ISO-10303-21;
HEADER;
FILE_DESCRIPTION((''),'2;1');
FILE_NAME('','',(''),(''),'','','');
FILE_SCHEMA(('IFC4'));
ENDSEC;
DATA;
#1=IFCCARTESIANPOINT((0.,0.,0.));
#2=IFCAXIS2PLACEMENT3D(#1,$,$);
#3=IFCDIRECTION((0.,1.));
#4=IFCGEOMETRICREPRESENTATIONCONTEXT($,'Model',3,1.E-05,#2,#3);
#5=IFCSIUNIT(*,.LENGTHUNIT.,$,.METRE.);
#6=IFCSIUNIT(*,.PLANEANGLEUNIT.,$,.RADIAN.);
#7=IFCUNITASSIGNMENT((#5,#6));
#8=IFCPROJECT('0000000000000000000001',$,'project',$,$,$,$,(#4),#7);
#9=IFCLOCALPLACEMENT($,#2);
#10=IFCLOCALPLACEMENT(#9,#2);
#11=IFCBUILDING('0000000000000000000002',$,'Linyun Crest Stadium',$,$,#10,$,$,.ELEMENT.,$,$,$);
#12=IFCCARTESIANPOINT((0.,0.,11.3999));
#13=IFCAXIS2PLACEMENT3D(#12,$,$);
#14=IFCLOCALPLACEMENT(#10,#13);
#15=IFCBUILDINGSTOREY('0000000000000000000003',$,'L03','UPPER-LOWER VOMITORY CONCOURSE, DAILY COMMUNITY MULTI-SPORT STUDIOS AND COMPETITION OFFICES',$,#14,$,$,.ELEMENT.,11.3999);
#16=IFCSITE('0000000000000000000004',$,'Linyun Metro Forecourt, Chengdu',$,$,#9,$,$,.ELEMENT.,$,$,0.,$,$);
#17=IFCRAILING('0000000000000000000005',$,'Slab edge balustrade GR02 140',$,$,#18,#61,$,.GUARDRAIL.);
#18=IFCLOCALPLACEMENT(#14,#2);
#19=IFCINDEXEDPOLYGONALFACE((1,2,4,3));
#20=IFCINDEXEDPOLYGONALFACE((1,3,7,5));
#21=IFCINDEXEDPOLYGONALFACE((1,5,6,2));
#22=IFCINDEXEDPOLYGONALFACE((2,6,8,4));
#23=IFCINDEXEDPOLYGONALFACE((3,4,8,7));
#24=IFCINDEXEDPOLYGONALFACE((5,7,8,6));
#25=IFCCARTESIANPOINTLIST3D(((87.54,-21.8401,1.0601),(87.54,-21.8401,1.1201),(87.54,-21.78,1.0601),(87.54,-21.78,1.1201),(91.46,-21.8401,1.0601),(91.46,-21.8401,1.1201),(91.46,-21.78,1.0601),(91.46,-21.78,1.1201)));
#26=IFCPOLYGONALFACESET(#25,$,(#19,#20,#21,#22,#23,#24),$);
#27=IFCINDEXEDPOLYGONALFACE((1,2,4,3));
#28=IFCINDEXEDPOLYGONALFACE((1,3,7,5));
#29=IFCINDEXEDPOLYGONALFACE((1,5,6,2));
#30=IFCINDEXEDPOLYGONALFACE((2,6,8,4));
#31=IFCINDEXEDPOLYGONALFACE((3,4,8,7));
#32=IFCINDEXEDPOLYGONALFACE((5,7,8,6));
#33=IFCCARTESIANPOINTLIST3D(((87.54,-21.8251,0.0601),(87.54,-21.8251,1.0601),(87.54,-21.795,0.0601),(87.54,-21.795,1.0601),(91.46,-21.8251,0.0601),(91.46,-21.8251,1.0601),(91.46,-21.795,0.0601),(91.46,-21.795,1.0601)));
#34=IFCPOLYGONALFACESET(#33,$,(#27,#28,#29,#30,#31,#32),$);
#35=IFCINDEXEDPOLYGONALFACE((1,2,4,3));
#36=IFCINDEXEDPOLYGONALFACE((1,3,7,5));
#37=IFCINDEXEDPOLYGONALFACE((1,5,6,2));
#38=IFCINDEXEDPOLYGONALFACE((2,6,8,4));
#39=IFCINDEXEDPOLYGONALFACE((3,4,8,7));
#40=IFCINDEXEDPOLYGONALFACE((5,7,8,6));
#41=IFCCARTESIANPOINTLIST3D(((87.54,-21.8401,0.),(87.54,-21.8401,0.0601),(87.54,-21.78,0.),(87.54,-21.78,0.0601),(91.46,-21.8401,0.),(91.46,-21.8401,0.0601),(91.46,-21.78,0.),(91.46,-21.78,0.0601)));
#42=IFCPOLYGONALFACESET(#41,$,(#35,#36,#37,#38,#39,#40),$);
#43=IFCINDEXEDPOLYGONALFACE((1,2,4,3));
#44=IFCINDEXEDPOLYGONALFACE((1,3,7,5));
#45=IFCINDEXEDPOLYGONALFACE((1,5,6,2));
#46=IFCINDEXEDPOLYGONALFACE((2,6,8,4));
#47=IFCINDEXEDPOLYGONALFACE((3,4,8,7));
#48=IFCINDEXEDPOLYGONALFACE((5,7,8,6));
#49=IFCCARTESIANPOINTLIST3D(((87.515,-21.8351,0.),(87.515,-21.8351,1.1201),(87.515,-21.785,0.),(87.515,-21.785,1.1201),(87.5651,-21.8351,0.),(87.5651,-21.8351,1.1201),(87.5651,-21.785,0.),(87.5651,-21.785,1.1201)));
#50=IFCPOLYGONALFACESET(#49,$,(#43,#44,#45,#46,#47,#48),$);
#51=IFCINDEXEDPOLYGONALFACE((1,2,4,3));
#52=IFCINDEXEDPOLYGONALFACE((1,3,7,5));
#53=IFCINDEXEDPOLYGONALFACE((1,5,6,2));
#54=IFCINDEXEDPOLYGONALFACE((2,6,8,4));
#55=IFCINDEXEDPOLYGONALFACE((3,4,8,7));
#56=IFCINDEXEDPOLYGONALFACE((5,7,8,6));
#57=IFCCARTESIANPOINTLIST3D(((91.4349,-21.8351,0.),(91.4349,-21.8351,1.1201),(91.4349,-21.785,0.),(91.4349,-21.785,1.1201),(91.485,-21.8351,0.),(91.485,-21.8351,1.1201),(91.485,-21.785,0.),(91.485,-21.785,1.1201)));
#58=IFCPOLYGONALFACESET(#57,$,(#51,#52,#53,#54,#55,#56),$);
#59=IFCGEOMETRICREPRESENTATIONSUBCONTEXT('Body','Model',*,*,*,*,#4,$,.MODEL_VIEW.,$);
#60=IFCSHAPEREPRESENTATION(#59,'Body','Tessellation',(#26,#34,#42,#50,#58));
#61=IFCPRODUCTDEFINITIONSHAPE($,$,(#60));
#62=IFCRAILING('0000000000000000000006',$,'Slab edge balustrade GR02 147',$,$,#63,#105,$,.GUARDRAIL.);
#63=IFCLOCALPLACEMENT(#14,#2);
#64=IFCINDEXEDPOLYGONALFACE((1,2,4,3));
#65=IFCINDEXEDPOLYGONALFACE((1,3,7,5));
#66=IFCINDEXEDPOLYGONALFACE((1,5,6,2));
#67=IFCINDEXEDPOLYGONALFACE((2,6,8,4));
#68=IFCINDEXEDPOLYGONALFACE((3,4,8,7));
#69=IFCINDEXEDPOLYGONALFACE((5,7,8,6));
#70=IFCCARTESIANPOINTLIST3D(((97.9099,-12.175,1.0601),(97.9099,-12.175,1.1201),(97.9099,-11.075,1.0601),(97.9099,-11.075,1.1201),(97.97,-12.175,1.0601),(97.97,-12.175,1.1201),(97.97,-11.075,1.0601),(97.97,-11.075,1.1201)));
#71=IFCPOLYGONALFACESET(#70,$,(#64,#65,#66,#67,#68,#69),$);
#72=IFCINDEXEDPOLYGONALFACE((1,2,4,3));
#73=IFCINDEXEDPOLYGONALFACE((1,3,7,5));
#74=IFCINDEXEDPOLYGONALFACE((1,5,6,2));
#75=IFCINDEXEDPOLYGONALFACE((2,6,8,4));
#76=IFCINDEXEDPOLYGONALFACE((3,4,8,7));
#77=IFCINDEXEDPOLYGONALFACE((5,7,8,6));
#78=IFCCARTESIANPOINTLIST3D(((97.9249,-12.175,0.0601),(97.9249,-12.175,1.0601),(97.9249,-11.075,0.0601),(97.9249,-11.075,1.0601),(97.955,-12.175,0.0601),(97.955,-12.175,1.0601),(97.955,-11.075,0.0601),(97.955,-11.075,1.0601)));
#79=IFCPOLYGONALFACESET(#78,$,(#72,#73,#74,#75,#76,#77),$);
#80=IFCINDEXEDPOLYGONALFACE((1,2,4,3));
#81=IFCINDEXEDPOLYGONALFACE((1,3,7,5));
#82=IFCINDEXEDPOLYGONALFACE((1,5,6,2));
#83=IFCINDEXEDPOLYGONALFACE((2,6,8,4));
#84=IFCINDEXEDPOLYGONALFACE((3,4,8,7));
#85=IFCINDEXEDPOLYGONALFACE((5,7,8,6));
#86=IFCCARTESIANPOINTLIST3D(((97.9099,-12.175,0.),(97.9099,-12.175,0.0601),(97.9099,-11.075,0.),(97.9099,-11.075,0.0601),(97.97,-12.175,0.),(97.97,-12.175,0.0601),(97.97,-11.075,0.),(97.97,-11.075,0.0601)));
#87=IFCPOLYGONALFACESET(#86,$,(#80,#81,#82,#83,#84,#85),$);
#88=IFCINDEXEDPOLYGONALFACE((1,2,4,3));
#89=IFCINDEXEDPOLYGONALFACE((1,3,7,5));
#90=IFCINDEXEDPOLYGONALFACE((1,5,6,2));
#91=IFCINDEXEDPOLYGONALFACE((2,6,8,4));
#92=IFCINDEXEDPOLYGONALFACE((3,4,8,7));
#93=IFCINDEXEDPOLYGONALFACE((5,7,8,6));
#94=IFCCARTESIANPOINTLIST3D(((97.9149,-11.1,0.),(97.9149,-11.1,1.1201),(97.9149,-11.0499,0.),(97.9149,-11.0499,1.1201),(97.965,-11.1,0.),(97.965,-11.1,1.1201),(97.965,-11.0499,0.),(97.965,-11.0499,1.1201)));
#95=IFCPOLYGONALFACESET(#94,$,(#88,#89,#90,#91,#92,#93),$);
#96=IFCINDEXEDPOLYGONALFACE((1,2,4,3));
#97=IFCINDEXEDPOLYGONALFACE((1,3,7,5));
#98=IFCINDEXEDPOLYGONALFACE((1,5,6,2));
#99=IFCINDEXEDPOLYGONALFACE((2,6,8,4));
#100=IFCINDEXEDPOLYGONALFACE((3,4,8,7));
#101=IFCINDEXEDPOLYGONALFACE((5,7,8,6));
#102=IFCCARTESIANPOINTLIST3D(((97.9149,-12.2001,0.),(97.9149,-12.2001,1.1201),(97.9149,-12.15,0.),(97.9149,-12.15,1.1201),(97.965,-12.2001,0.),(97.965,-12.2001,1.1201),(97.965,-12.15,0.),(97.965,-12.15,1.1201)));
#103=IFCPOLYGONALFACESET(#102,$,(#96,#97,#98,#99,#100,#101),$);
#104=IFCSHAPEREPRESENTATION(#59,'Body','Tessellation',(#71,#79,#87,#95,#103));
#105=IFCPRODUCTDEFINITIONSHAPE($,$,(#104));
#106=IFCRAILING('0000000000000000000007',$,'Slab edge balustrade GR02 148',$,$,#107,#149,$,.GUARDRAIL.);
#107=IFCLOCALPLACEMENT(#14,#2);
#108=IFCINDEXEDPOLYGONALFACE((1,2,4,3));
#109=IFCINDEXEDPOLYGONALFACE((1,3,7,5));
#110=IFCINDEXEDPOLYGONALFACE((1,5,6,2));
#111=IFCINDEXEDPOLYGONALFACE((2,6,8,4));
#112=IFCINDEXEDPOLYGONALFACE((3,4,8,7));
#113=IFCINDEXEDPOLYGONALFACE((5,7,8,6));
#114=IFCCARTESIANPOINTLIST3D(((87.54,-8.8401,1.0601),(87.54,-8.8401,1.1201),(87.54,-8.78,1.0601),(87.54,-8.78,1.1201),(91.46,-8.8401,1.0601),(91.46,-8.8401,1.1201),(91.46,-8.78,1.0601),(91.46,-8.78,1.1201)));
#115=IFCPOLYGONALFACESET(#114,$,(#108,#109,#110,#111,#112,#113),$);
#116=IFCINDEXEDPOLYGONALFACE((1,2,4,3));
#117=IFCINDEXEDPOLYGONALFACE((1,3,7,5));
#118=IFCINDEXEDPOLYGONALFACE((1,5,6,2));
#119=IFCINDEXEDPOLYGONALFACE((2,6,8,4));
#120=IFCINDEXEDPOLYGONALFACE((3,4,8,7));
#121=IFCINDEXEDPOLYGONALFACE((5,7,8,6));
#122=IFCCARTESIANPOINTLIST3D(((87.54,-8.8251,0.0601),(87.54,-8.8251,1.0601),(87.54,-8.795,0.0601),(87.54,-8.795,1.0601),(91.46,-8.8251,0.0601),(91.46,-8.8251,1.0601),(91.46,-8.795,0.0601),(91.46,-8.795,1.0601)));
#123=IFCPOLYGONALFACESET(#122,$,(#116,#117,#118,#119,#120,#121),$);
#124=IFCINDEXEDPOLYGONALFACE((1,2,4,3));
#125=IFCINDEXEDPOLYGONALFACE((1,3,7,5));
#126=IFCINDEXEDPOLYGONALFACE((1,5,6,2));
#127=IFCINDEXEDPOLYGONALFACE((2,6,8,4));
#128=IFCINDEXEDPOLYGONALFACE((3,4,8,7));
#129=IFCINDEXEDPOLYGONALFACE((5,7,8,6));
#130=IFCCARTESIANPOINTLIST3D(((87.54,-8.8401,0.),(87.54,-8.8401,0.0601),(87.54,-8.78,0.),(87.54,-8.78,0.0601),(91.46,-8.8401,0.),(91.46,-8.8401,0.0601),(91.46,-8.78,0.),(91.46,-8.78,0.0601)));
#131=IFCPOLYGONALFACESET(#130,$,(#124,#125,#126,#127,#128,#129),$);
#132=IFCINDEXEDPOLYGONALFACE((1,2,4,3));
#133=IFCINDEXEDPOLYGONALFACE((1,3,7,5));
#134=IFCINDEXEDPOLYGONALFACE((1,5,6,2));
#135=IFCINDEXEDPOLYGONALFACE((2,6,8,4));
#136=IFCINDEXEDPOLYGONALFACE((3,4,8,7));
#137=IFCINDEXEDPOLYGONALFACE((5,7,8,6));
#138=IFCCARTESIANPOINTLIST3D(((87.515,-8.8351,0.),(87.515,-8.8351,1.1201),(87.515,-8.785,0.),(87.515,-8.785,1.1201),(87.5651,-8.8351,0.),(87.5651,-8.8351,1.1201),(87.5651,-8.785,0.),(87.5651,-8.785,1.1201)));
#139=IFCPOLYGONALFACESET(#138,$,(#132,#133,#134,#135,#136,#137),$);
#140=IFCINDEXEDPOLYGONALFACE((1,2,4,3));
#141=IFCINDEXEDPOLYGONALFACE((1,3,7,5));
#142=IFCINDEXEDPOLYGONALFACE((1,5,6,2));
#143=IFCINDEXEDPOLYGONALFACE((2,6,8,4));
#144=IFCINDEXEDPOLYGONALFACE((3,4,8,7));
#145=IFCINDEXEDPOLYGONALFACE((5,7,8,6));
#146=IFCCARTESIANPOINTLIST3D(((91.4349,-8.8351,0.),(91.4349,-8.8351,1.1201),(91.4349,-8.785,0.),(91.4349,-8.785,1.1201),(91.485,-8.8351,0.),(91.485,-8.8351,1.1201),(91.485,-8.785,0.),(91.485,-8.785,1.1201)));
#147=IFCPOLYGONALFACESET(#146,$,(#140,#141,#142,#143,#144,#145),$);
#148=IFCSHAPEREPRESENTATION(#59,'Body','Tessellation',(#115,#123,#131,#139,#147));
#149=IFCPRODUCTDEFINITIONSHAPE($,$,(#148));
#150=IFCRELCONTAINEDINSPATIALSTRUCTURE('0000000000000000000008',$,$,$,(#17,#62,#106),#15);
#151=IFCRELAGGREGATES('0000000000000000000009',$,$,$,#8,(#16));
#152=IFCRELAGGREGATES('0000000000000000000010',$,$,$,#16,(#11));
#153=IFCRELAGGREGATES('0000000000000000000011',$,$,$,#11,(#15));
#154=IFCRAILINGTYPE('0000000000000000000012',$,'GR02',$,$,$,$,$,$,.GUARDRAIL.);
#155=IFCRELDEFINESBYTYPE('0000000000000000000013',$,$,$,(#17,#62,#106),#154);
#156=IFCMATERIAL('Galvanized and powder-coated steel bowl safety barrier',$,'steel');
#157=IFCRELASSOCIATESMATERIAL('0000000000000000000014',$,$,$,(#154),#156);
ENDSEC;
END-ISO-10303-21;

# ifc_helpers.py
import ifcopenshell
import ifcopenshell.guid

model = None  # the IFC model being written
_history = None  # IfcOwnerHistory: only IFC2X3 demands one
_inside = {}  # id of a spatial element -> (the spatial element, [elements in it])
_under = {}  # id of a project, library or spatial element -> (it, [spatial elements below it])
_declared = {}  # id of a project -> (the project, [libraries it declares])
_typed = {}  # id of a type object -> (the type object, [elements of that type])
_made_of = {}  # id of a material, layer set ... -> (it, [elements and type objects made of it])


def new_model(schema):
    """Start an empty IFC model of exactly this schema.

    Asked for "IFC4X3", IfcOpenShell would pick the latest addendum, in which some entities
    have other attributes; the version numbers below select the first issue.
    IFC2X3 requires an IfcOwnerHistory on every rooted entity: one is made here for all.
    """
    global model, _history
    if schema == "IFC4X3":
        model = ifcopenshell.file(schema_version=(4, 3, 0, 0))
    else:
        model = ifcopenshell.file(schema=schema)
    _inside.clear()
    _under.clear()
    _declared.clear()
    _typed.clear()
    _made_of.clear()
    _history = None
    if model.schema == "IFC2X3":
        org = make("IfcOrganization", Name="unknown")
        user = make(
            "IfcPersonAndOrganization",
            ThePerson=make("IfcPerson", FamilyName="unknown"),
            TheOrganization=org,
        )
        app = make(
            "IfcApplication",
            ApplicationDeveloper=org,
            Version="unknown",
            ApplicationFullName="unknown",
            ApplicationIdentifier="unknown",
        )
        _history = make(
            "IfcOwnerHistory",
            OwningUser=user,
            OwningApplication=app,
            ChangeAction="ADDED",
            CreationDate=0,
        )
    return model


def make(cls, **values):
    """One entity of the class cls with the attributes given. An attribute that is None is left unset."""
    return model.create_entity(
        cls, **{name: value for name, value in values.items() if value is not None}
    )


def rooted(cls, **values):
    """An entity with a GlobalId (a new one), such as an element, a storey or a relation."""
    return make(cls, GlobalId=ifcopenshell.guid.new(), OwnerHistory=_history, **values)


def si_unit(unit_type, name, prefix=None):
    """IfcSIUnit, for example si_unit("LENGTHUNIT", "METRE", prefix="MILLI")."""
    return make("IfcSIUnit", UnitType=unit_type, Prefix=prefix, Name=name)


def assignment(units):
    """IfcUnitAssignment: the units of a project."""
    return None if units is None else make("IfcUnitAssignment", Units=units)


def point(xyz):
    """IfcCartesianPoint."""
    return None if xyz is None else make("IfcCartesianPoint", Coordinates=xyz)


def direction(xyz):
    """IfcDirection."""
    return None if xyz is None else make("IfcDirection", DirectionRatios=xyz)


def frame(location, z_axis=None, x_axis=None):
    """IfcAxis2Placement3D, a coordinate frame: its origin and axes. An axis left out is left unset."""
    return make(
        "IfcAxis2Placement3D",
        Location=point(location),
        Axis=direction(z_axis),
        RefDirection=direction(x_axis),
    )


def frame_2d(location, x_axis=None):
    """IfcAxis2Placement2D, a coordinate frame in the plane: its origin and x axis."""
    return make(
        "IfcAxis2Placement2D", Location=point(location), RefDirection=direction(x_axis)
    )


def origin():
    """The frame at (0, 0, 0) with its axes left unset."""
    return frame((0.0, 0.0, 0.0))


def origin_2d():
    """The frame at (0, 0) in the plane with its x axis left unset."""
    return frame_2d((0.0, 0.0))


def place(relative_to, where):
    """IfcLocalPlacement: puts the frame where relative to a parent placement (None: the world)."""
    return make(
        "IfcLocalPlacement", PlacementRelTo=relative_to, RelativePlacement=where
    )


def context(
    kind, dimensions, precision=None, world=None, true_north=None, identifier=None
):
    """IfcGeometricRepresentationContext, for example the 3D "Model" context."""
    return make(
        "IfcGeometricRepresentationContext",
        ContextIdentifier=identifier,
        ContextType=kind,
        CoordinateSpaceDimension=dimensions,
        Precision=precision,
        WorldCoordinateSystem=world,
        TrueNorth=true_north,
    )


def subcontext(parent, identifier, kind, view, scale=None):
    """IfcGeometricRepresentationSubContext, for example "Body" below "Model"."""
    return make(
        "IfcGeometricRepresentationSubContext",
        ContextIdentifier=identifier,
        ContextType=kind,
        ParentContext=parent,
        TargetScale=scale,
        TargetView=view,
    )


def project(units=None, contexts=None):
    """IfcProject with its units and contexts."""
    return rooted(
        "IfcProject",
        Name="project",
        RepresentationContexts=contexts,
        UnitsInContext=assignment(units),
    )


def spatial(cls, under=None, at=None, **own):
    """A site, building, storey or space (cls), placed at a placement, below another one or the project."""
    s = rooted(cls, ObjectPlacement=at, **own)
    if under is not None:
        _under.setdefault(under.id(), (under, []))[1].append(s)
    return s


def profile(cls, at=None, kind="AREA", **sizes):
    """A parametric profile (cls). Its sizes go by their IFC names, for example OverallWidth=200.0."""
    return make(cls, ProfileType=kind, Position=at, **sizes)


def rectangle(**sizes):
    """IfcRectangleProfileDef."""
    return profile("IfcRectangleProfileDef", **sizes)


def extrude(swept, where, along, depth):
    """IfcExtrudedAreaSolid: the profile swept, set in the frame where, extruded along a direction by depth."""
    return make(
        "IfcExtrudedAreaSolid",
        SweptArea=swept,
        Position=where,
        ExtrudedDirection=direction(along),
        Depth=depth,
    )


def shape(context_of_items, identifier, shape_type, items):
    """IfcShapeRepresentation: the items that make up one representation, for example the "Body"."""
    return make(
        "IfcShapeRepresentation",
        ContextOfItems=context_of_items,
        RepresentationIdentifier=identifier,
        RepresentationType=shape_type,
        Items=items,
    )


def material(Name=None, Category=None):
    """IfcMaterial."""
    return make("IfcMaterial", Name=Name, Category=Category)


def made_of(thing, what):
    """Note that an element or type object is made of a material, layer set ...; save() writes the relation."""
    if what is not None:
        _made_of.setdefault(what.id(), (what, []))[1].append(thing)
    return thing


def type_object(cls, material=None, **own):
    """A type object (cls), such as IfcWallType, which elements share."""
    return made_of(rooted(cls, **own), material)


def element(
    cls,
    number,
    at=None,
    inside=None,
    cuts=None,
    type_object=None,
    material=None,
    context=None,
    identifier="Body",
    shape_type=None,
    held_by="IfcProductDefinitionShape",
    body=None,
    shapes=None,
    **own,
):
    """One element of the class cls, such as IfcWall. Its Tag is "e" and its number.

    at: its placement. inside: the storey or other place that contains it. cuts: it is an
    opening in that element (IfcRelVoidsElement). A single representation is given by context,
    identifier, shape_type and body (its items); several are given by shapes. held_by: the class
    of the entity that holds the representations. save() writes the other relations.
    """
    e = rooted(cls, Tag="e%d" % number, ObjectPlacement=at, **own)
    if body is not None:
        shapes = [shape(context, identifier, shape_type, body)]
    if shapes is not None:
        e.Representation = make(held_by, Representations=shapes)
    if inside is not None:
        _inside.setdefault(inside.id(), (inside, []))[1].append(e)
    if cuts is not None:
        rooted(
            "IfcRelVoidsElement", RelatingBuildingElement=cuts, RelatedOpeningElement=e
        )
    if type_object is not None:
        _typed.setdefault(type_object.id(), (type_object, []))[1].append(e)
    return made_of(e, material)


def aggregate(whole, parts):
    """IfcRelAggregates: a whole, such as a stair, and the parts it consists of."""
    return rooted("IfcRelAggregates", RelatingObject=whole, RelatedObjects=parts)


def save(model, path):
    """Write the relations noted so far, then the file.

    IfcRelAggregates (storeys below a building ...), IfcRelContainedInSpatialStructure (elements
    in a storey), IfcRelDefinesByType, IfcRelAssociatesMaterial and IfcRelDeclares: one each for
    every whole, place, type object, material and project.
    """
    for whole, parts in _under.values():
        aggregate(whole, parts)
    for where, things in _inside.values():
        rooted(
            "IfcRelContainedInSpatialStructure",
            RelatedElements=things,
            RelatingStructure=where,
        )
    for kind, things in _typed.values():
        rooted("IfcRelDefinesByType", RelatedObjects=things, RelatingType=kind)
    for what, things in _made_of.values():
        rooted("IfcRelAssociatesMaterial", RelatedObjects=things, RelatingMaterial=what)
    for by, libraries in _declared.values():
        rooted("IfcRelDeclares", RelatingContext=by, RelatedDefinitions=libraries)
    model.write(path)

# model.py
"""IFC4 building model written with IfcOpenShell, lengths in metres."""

from ifc_helpers import new_model, si_unit, direction, frame, origin, origin_2d, place, context, subcontext, project, spatial, rectangle, extrude, material, type_object, element, save


model = new_model("IFC4")

# Units and contexts
model_context = context("Model", 3, precision=1e-05, world=origin(), true_north=direction((0.0, 1.0)))
body_context = subcontext(model_context, "Body", "Model", "MODEL_VIEW")
ifc_project = project(units=[si_unit("LENGTHUNIT", "METRE"), si_unit("PLANEANGLEUNIT", "RADIAN")], contexts=[model_context])

# Site, building, storey
site_placement = place(None, origin())
site = spatial("IfcSite", under=ifc_project, at=site_placement, Name="Linyun Metro Forecourt, Chengdu", CompositionType="ELEMENT", RefElevation=0.0)
building_placement = place(site_placement, origin())
building = spatial("IfcBuilding", under=site, at=building_placement, Name="Linyun Crest Stadium", CompositionType="ELEMENT")
storey_placement = place(building_placement, frame((0.0, 0.0, 11.3999)))
storey = spatial("IfcBuildingStorey", under=building, at=storey_placement, Name="L03", Description="UPPER-LOWER VOMITORY CONCOURSE, DAILY COMMUNITY MULTI-SPORT STUDIOS AND COMPETITION OFFICES", CompositionType="ELEMENT", Elevation=11.3999)

# Railings
ifc_material_1 = material(Name="Galvanized and powder-coated steel bowl safety barrier", Category="steel")
railing_type_1 = type_object("IfcRailingType", Name="GR02", PredefinedType="GUARDRAIL", material=ifc_material_1)
railing_1_placement = place(storey_placement, frame((87.54, -21.8101, 0.0)))
element("IfcRailing", 1, at=railing_1_placement, inside=storey, type_object=railing_type_1, Name="Slab edge balustrade GR02 140", PredefinedType="GUARDRAIL", context=body_context, shape_type="SweptSolid", body=[
    extrude(rectangle(XDim=0.0601, YDim=0.0601, at=origin_2d()), frame((0.0, 0.0, 1.0901), z_axis=(1.0, 0.0, 0.0), x_axis=(0.0, 1.0, 0.0)), (0.0, 0.0, 1.0), 3.9199),
    extrude(rectangle(XDim=0.03, YDim=1.0, at=origin_2d()), frame((0.0, 0.0, 0.5601), z_axis=(1.0, 0.0, 0.0), x_axis=(0.0, 1.0, 0.0)), (0.0, 0.0, 1.0), 3.9199),
    extrude(rectangle(XDim=0.0601, YDim=0.0601, at=origin_2d()), frame((0.0, 0.0, 0.03), z_axis=(1.0, 0.0, 0.0), x_axis=(0.0, 1.0, 0.0)), (0.0, 0.0, 1.0), 3.9199),
    extrude(rectangle(XDim=0.05, YDim=0.05, at=origin_2d()), origin(), (0.0, 0.0, 1.0), 1.1201),
    extrude(rectangle(XDim=0.05, YDim=0.05, at=origin_2d()), frame((3.9199, 0.0, 0.0)), (0.0, 0.0, 1.0), 1.1201),
])
railing_2_placement = place(storey_placement, frame((97.9399, -11.075, 0.0)))
element("IfcRailing", 2, at=railing_2_placement, inside=storey, type_object=railing_type_1, Name="Slab edge balustrade GR02 147", PredefinedType="GUARDRAIL", context=body_context, shape_type="SweptSolid", body=[
    extrude(rectangle(XDim=0.0601, YDim=0.0601, at=origin_2d()), frame((0.0, 0.0, 1.0901), z_axis=(0.0, -1.0, 0.0), x_axis=(1.0, 0.0, 0.0)), (0.0, 0.0, 1.0), 1.1001),
    extrude(rectangle(XDim=0.03, YDim=1.0, at=origin_2d()), frame((0.0, 0.0, 0.5601), z_axis=(0.0, -1.0, 0.0), x_axis=(1.0, 0.0, 0.0)), (0.0, 0.0, 1.0), 1.1001),
    extrude(rectangle(XDim=0.0601, YDim=0.0601, at=origin_2d()), frame((0.0, 0.0, 0.03), z_axis=(0.0, -1.0, 0.0), x_axis=(1.0, 0.0, 0.0)), (0.0, 0.0, 1.0), 1.1001),
    extrude(rectangle(XDim=0.05, YDim=0.05, at=origin_2d()), origin(), (0.0, 0.0, 1.0), 1.1201),
    extrude(rectangle(XDim=0.05, YDim=0.05, at=origin_2d()), frame((0.0, -1.1001, 0.0)), (0.0, 0.0, 1.0), 1.1201),
])
railing_3_placement = place(storey_placement, frame((87.54, -8.8101, 0.0)))
element("IfcRailing", 3, at=railing_3_placement, inside=storey, type_object=railing_type_1, Name="Slab edge balustrade GR02 148", PredefinedType="GUARDRAIL", context=body_context, shape_type="SweptSolid", body=[
    extrude(rectangle(XDim=0.0601, YDim=0.0601, at=origin_2d()), frame((0.0, 0.0, 1.0901), z_axis=(1.0, 0.0, 0.0), x_axis=(0.0, 1.0, 0.0)), (0.0, 0.0, 1.0), 3.9199),
    extrude(rectangle(XDim=0.03, YDim=1.0, at=origin_2d()), frame((0.0, 0.0, 0.5601), z_axis=(1.0, 0.0, 0.0), x_axis=(0.0, 1.0, 0.0)), (0.0, 0.0, 1.0), 3.9199),
    extrude(rectangle(XDim=0.0601, YDim=0.0601, at=origin_2d()), frame((0.0, 0.0, 0.03), z_axis=(1.0, 0.0, 0.0), x_axis=(0.0, 1.0, 0.0)), (0.0, 0.0, 1.0), 3.9199),
    extrude(rectangle(XDim=0.05, YDim=0.05, at=origin_2d()), origin(), (0.0, 0.0, 1.0), 1.1201),
    extrude(rectangle(XDim=0.05, YDim=0.05, at=origin_2d()), frame((3.9199, 0.0, 0.0)), (0.0, 0.0, 1.0), 1.1201),
])

save(model, "model.ifc")
